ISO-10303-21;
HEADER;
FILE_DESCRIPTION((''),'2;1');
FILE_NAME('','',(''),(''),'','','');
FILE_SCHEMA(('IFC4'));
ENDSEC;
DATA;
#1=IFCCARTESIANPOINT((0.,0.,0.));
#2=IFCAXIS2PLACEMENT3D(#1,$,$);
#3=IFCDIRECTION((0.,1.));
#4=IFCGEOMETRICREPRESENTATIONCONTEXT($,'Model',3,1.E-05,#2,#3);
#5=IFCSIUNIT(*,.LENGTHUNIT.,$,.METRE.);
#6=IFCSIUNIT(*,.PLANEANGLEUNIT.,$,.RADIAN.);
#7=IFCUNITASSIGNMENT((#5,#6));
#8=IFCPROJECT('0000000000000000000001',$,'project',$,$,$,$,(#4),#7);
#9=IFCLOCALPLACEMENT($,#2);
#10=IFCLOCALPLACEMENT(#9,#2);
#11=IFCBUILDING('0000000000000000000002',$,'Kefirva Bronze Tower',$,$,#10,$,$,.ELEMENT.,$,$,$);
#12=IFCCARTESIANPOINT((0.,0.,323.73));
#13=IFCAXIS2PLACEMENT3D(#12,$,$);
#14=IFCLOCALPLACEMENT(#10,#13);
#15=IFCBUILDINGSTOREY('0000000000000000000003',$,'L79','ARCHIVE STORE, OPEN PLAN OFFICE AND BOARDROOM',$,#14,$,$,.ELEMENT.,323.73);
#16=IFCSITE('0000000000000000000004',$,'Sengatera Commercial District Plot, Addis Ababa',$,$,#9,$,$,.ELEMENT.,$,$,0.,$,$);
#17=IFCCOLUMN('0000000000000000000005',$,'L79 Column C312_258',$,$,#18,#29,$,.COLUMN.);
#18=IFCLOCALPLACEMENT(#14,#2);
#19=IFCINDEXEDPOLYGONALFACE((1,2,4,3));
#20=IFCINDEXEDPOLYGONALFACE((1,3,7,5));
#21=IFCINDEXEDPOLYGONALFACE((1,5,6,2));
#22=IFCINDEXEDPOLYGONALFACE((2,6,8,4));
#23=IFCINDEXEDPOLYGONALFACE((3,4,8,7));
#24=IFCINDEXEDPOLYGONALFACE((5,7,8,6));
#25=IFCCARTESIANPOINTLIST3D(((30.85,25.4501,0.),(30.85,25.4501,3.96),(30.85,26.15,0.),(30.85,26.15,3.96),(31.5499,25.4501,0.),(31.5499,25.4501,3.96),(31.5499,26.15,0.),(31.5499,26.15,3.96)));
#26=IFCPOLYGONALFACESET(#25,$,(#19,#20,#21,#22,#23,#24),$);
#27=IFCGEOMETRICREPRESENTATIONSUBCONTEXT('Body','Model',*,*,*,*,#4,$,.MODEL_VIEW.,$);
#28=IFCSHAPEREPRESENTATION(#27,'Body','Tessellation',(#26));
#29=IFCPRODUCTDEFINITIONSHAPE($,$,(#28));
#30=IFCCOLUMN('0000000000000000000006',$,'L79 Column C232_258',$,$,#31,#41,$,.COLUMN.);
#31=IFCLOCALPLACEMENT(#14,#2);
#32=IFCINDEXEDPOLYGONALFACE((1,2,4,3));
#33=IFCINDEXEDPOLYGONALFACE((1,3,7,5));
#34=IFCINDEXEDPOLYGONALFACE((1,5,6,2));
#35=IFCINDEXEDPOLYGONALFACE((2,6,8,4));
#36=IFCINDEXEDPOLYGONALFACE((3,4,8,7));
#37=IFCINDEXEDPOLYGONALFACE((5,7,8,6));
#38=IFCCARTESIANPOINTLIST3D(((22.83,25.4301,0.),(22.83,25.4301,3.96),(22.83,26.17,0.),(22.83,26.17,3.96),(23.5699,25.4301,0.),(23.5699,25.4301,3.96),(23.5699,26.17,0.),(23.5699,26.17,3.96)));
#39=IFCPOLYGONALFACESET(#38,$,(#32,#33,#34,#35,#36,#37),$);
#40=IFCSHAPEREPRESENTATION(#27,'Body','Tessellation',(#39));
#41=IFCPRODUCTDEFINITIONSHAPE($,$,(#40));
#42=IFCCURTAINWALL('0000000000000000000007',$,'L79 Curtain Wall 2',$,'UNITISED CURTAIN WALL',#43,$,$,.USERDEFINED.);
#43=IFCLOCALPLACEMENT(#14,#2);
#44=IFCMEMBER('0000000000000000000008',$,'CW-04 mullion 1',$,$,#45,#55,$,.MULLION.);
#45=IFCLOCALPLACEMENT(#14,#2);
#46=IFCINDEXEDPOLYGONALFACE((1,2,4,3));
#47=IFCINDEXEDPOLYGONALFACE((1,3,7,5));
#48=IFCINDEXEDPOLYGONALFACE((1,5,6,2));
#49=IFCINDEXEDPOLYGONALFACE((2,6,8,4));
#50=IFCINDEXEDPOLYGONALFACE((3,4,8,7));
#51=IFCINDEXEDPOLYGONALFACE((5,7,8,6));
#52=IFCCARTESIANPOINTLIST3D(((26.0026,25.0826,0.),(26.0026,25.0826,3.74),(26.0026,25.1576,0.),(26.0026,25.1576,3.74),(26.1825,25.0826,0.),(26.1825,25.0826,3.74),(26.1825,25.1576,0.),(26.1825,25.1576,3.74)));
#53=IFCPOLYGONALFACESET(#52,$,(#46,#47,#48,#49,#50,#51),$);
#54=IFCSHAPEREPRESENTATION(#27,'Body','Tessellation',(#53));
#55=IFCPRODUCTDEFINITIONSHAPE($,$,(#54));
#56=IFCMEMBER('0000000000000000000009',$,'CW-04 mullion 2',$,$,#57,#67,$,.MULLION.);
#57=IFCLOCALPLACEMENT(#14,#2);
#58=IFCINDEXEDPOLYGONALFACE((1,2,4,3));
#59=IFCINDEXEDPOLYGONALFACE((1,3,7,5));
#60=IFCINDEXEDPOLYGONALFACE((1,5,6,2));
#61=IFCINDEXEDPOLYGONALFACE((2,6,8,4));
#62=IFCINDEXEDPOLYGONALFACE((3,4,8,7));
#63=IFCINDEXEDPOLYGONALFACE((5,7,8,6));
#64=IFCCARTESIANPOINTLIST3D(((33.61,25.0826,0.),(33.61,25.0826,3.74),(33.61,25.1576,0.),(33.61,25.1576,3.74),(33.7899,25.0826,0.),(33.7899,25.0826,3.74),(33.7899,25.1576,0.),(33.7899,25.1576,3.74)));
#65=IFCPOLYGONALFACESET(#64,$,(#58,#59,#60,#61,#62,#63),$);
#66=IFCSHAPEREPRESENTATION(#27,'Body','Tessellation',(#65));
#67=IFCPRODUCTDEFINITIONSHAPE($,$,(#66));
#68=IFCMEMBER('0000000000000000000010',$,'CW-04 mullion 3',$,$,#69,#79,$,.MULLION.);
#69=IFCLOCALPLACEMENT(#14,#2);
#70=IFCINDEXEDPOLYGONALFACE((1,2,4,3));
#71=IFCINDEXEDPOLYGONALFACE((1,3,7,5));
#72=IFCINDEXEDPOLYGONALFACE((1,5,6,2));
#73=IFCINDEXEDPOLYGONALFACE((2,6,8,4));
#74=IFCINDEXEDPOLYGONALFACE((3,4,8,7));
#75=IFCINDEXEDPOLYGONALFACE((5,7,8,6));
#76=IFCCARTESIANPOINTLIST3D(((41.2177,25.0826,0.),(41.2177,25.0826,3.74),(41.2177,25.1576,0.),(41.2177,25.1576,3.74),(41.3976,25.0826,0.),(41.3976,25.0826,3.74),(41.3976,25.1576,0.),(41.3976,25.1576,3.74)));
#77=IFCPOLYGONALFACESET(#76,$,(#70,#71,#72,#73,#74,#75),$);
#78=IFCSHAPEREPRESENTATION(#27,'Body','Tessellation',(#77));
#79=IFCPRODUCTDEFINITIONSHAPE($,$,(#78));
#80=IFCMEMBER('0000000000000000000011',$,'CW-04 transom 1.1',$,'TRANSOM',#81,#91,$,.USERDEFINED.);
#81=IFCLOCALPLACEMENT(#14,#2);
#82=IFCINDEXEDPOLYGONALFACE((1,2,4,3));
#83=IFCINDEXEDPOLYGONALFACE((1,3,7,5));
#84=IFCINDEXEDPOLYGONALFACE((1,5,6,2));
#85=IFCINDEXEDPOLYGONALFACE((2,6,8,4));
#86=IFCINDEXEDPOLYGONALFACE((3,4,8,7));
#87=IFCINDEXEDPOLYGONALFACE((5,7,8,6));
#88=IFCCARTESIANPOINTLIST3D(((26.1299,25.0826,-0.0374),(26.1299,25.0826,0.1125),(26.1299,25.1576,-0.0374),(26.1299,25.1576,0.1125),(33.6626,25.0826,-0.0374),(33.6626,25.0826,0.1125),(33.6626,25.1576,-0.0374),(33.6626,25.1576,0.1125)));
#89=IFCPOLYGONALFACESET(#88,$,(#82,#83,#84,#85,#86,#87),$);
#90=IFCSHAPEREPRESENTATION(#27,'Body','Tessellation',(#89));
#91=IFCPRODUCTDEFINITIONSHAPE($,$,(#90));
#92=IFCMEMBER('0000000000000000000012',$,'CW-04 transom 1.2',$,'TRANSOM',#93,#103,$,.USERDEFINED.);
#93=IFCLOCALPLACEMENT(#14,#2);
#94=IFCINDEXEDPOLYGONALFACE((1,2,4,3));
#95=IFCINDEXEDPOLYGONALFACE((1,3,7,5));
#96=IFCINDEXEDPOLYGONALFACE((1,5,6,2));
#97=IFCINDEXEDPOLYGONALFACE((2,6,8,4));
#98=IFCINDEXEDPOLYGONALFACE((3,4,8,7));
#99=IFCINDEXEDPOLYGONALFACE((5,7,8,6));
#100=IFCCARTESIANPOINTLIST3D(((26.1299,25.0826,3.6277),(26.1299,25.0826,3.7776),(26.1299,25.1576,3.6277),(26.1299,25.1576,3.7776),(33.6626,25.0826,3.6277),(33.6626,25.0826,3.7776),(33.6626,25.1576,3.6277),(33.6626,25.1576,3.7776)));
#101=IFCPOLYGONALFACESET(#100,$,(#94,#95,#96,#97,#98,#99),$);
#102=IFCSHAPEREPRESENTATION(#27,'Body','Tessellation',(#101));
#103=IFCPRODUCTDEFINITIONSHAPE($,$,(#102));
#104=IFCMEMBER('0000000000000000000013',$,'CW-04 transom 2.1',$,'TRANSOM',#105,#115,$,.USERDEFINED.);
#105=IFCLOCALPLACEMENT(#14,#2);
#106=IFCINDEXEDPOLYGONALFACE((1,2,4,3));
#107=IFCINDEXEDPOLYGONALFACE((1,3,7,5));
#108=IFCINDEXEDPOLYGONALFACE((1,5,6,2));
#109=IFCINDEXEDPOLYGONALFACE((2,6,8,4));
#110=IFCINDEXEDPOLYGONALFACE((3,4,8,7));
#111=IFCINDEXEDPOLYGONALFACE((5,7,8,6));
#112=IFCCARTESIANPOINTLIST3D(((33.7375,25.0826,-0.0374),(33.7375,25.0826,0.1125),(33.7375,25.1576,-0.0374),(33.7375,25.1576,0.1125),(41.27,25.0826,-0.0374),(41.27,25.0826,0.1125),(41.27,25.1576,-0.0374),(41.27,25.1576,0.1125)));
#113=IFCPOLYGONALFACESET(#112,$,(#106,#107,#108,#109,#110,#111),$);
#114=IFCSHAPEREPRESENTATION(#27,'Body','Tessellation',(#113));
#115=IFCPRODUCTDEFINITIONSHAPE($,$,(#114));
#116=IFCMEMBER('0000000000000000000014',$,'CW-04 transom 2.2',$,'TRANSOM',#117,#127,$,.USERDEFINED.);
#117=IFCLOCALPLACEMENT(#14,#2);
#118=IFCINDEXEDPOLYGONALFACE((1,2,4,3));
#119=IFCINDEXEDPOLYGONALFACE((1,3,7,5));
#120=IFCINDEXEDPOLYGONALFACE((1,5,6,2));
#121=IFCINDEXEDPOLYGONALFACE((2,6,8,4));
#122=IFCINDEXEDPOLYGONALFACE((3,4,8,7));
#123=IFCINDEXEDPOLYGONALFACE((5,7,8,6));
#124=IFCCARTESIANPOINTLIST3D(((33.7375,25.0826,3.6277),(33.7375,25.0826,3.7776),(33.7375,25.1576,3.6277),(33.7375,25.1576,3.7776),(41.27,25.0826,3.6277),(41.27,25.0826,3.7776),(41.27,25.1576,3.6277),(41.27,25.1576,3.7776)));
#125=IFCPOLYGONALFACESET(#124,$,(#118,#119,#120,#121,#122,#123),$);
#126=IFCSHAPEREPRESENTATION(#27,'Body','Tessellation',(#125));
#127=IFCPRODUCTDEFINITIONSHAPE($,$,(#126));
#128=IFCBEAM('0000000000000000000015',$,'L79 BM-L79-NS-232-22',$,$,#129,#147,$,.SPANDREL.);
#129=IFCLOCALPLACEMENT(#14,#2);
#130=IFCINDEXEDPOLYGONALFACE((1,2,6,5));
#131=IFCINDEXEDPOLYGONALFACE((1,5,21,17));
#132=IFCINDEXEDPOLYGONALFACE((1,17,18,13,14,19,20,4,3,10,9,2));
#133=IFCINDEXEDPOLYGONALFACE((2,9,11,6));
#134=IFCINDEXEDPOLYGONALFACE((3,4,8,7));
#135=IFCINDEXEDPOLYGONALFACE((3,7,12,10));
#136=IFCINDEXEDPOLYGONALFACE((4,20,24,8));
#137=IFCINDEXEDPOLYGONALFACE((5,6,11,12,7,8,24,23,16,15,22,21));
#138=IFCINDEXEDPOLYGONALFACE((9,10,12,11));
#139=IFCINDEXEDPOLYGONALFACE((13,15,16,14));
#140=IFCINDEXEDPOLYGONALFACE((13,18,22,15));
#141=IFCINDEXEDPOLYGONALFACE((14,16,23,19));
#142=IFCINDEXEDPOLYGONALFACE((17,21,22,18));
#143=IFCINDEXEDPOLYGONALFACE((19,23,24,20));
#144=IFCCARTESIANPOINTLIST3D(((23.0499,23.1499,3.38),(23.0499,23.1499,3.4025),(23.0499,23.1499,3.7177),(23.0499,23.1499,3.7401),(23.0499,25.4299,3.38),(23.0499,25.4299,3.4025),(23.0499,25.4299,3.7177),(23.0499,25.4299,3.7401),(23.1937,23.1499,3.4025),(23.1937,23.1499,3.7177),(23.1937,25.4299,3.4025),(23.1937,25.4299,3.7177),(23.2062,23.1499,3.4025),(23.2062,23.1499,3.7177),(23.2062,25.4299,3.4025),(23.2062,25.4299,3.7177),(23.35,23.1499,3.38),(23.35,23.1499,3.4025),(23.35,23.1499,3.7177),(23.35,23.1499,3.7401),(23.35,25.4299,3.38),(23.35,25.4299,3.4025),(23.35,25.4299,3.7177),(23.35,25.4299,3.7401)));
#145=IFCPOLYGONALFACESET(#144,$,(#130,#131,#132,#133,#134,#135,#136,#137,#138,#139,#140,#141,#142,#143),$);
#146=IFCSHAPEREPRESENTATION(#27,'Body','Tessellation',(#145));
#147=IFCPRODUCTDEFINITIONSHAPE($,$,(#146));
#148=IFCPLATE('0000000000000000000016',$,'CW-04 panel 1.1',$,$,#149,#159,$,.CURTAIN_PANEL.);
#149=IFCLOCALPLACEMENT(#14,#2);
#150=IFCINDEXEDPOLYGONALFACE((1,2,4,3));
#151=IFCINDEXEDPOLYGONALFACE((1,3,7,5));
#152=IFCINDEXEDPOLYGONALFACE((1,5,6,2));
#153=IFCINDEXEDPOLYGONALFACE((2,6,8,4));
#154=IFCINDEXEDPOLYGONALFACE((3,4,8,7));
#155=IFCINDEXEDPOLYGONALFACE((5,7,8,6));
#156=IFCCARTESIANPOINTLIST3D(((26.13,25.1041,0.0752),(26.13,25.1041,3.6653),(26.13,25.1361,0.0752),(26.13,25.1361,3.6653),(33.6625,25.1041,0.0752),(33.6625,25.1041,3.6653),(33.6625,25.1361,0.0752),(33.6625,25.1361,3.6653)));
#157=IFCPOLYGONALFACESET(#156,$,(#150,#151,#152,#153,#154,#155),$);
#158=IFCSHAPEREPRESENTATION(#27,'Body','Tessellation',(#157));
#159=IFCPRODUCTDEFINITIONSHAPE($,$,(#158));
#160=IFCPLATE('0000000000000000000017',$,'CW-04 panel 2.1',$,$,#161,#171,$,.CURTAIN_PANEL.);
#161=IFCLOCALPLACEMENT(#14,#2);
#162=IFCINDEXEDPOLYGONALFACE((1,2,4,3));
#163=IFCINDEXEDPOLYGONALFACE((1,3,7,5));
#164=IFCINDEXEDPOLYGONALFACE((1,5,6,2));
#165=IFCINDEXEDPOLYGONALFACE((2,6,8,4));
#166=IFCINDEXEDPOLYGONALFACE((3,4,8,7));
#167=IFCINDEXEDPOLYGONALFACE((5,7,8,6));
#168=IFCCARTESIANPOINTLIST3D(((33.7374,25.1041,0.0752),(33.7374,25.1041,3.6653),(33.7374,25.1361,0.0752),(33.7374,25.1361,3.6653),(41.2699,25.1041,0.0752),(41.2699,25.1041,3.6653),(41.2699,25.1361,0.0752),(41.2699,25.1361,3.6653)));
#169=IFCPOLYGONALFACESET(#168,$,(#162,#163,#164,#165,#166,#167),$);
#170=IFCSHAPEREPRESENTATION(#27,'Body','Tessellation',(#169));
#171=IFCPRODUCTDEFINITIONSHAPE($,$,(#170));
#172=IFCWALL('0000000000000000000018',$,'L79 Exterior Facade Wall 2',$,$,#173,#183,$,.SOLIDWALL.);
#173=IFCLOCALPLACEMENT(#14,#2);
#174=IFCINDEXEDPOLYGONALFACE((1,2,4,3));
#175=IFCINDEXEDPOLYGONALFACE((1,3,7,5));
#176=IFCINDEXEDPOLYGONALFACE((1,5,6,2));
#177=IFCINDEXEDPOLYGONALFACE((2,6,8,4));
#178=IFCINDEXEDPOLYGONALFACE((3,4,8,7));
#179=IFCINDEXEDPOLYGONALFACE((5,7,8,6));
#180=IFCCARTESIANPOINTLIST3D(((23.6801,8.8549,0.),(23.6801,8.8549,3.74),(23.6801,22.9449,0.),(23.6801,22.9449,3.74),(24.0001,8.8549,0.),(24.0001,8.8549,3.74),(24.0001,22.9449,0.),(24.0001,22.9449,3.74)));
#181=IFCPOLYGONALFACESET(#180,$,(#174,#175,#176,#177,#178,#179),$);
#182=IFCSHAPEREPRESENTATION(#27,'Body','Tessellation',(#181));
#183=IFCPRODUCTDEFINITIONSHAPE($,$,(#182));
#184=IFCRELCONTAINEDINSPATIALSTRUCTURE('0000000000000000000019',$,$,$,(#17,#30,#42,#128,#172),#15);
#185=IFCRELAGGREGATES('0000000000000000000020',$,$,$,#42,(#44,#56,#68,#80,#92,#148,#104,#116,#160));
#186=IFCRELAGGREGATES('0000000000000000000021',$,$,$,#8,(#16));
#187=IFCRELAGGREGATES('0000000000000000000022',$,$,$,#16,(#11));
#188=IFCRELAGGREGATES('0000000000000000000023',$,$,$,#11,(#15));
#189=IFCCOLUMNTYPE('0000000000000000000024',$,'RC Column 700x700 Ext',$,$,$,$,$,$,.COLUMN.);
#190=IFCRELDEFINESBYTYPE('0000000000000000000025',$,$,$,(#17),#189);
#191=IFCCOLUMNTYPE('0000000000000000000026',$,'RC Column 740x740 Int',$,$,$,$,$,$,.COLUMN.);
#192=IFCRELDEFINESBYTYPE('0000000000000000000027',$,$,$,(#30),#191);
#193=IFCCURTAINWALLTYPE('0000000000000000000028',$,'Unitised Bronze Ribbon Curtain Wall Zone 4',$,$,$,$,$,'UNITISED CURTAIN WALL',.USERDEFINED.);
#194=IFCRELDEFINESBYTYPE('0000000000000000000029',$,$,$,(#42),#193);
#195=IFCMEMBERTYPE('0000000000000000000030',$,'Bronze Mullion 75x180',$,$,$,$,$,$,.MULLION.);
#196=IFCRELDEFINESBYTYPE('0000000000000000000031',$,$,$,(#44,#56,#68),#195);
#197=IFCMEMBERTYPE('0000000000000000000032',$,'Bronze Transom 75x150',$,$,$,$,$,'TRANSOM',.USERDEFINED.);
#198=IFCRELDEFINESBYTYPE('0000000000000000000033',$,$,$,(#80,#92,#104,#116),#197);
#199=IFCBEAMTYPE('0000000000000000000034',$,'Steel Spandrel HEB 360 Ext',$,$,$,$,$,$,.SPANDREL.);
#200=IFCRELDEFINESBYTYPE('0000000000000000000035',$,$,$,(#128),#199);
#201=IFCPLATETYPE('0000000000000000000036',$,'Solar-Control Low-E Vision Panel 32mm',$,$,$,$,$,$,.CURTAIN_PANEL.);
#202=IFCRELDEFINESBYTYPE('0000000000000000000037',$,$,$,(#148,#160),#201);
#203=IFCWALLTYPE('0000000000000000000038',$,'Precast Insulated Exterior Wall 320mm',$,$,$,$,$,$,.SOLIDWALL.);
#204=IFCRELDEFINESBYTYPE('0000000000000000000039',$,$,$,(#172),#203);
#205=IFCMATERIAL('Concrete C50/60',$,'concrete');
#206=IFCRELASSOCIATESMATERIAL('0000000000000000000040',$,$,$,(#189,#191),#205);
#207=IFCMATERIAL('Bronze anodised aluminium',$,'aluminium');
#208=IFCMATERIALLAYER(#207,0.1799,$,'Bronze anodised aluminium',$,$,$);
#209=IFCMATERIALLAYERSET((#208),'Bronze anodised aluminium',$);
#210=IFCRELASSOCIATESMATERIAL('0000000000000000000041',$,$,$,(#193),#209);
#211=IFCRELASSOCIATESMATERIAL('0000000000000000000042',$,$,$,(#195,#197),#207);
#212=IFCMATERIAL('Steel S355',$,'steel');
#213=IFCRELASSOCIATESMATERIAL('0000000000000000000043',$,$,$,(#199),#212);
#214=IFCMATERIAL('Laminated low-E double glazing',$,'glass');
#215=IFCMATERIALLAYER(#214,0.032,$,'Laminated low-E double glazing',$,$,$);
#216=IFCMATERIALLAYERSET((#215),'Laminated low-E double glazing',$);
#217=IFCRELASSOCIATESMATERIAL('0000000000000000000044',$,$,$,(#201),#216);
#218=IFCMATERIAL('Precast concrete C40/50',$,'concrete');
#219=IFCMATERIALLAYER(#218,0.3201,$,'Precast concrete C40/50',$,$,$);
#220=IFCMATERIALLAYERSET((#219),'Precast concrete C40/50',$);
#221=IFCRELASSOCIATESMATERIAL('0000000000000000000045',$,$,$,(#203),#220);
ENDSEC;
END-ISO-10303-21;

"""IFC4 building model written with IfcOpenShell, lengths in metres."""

from ifc_helpers import new_model, si_unit, direction, frame, frame_2d, origin, origin_2d, place, context, subcontext, project, spatial, rectangle, i_section, extrude, material, layer, layer_set, material_profile, profile_set, type_object, element, aggregate, save


model = new_model("IFC4")

# Units and contexts
model_context = context("Model", 3, precision=1e-05, world=origin(), true_north=direction((0.0, 1.0)))
body_context = subcontext(model_context, "Body", "Model", "MODEL_VIEW")
ifc_project = project(units=[si_unit("LENGTHUNIT", "METRE"), si_unit("PLANEANGLEUNIT", "RADIAN")], contexts=[model_context])

# Site, building, storey
site_placement = place(None, origin())
site = spatial("IfcSite", under=ifc_project, at=site_placement, Name="Sengatera Commercial District Plot, Addis Ababa", CompositionType="ELEMENT", RefElevation=0.0)
building_placement = place(site_placement, origin())
building = spatial("IfcBuilding", under=site, at=building_placement, Name="Kefirva Bronze Tower", CompositionType="ELEMENT")
storey_placement = place(building_placement, frame((0.0, 0.0, 323.73)))
storey = spatial("IfcBuildingStorey", under=building, at=storey_placement, Name="L79", Description="ARCHIVE STORE, OPEN PLAN OFFICE AND BOARDROOM", CompositionType="ELEMENT", Elevation=323.73)

# Columns
ifc_material_1 = material(Name="Concrete C50/60", Category="concrete")
ifc_material_profile_1 = material_profile(ifc_material_1, rectangle(XDim=0.7, YDim=0.7, at=origin_2d()), Name="RC 700x700")
ifc_profile_set_1 = profile_set([ifc_material_profile_1], Name="Concrete C50/60")
column_type_1 = type_object("IfcColumnType", Name="RC Column 700x700 Ext", PredefinedType="COLUMN", material=ifc_profile_set_1)
column_1_placement = place(storey_placement, frame((31.2, 25.8, 0.0), z_axis=(0.0, 0.0, 1.0), x_axis=(1.0, 0.0, 0.0)))
element("IfcColumn", 1, at=column_1_placement, inside=storey, type_object=column_type_1, Name="L79 Column C312_258", PredefinedType="COLUMN", context=body_context, shape_type="SweptSolid", body=[
    extrude(rectangle(XDim=0.7, YDim=0.7, at=origin_2d()), origin(), (0.0, 0.0, 1.0), 3.96),
])
ifc_material_profile_2 = material_profile(ifc_material_1, rectangle(XDim=0.74, YDim=0.74, at=origin_2d()), Name="RC 740x740")
ifc_profile_set_2 = profile_set([ifc_material_profile_2], Name="Concrete C50/60")
column_type_2 = type_object("IfcColumnType", Name="RC Column 740x740 Int", PredefinedType="COLUMN", material=ifc_profile_set_2)
column_2_placement = place(storey_placement, frame((23.2, 25.8, 0.0), z_axis=(0.0, 0.0, 1.0), x_axis=(1.0, 0.0, 0.0)))
element("IfcColumn", 2, at=column_2_placement, inside=storey, type_object=column_type_2, Name="L79 Column C232_258", PredefinedType="COLUMN", context=body_context, shape_type="SweptSolid", body=[
    extrude(rectangle(XDim=0.74, YDim=0.74, at=origin_2d()), origin(), (0.0, 0.0, 1.0), 3.96),
])

# Curtain wall, members
ifc_material_2 = material(Name="Bronze anodised aluminium", Category="aluminium")
ifc_layer_1 = layer(ifc_material_2, 0.1799, Name="Bronze anodised aluminium")
ifc_layer_set_1 = layer_set([ifc_layer_1], Name="Bronze anodised aluminium")
curtain_wall_type = type_object("IfcCurtainWallType", Name="Unitised Bronze Ribbon Curtain Wall Zone 4", ElementType="UNITISED CURTAIN WALL", PredefinedType="USERDEFINED", material=ifc_layer_set_1)
curtain_wall_placement = place(storey_placement, origin())
curtain_wall = element("IfcCurtainWall", 3, at=curtain_wall_placement, inside=storey, type_object=curtain_wall_type, Name="L79 Curtain Wall 2", ObjectType="UNITISED CURTAIN WALL", PredefinedType="USERDEFINED")
ifc_material_profile_3 = material_profile(ifc_material_2, rectangle(XDim=0.075, YDim=0.1799, at=origin_2d()), Name="ALU 75x180")
ifc_profile_set_3 = profile_set([ifc_material_profile_3], Name="Bronze anodised aluminium")
member_type_1 = type_object("IfcMemberType", Name="Bronze Mullion 75x180", PredefinedType="MULLION", material=ifc_profile_set_3)
member_1_placement = place(storey_placement, frame((26.0925, 25.1201, 0.0), z_axis=(0.0, 0.0, 1.0), x_axis=(0.0, 1.0, 0.0)))
member_1 = element("IfcMember", 4, at=member_1_placement, type_object=member_type_1, Name="CW-04 mullion 1", PredefinedType="MULLION", context=body_context, shape_type="SweptSolid", body=[
    extrude(rectangle(XDim=0.075, YDim=0.1799, at=origin_2d()), origin(), (0.0, 0.0, 1.0), 3.74),
])
member_2_placement = place(storey_placement, frame((33.7, 25.1201, 0.0), z_axis=(0.0, 0.0, 1.0), x_axis=(0.0, 1.0, 0.0)))
member_2 = element("IfcMember", 5, at=member_2_placement, type_object=member_type_1, Name="CW-04 mullion 2", PredefinedType="MULLION", context=body_context, shape_type="SweptSolid", body=[
    extrude(rectangle(XDim=0.075, YDim=0.1799, at=origin_2d()), origin(), (0.0, 0.0, 1.0), 3.74),
])
member_3_placement = place(storey_placement, frame((41.3076, 25.1201, 0.0), z_axis=(0.0, 0.0, 1.0), x_axis=(0.0, 1.0, 0.0)))
member_3 = element("IfcMember", 6, at=member_3_placement, type_object=member_type_1, Name="CW-04 mullion 3", PredefinedType="MULLION", context=body_context, shape_type="SweptSolid", body=[
    extrude(rectangle(XDim=0.075, YDim=0.1799, at=origin_2d()), origin(), (0.0, 0.0, 1.0), 3.74),
])
ifc_material_profile_4 = material_profile(ifc_material_2, rectangle(XDim=0.075, YDim=0.1499, at=origin_2d()), Name="ALU 75x150")
ifc_profile_set_4 = profile_set([ifc_material_profile_4], Name="Bronze anodised aluminium")
member_type_2 = type_object("IfcMemberType", Name="Bronze Transom 75x150", ElementType="TRANSOM", PredefinedType="USERDEFINED", material=ifc_profile_set_4)
member_4_placement = place(storey_placement, frame((26.1299, 25.1201, 0.0376), z_axis=(1.0, 0.0, 0.0), x_axis=(0.0, 1.0, 0.0)))
member_4 = element("IfcMember", 7, at=member_4_placement, type_object=member_type_2, Name="CW-04 transom 1.1", ObjectType="TRANSOM", PredefinedType="USERDEFINED", context=body_context, shape_type="SweptSolid", body=[
    extrude(rectangle(XDim=0.075, YDim=0.1499, at=origin_2d()), origin(), (0.0, 0.0, 1.0), 7.5327),
])
member_5_placement = place(storey_placement, frame((26.1299, 25.1201, 3.7026), z_axis=(1.0, 0.0, 0.0), x_axis=(0.0, 1.0, 0.0)))
member_5 = element("IfcMember", 8, at=member_5_placement, type_object=member_type_2, Name="CW-04 transom 1.2", ObjectType="TRANSOM", PredefinedType="USERDEFINED", context=body_context, shape_type="SweptSolid", body=[
    extrude(rectangle(XDim=0.075, YDim=0.1499, at=origin_2d()), origin(), (0.0, 0.0, 1.0), 7.5327),
])
member_6_placement = place(storey_placement, frame((33.7375, 25.1201, 0.0376), z_axis=(1.0, 0.0, 0.0), x_axis=(0.0, 1.0, 0.0)))
member_6 = element("IfcMember", 9, at=member_6_placement, type_object=member_type_2, Name="CW-04 transom 2.1", ObjectType="TRANSOM", PredefinedType="USERDEFINED", context=body_context, shape_type="SweptSolid", body=[
    extrude(rectangle(XDim=0.075, YDim=0.1499, at=origin_2d()), origin(), (0.0, 0.0, 1.0), 7.5325),
])
member_7_placement = place(storey_placement, frame((33.7375, 25.1201, 3.7026), z_axis=(1.0, 0.0, 0.0), x_axis=(0.0, 1.0, 0.0)))
member_7 = element("IfcMember", 10, at=member_7_placement, type_object=member_type_2, Name="CW-04 transom 2.2", ObjectType="TRANSOM", PredefinedType="USERDEFINED", context=body_context, shape_type="SweptSolid", body=[
    extrude(rectangle(XDim=0.075, YDim=0.1499, at=origin_2d()), origin(), (0.0, 0.0, 1.0), 7.5325),
])

# Beam
ifc_material_3 = material(Name="Steel S355", Category="steel")
ifc_material_profile_5 = material_profile(ifc_material_3, i_section(OverallWidth=0.3, OverallDepth=0.3601, WebThickness=0.0125, FlangeThickness=0.0225, at=origin_2d()), Name="HEB 360")
ifc_profile_set_5 = profile_set([ifc_material_profile_5], Name="Steel S355")
beam_type = type_object("IfcBeamType", Name="Steel Spandrel HEB 360 Ext", PredefinedType="SPANDREL", material=ifc_profile_set_5)
beam_placement = place(storey_placement, frame((23.2, 23.1499, 3.5601), z_axis=(0.0, 1.0, 0.0), x_axis=(-1.0, 0.0, 0.0)))
element("IfcBeam", 11, at=beam_placement, inside=storey, type_object=beam_type, Name="L79 BM-L79-NS-232-22", PredefinedType="SPANDREL", context=body_context, shape_type="SweptSolid", body=[
    extrude(i_section(OverallWidth=0.3, OverallDepth=0.3601, WebThickness=0.0125, FlangeThickness=0.0225, at=origin_2d()), origin(), (0.0, 0.0, 1.0), 2.28),
])

# Plates
ifc_material_4 = material(Name="Laminated low-E double glazing", Category="glass")
ifc_layer_2 = layer(ifc_material_4, 0.032, Name="Laminated low-E double glazing")
ifc_layer_set_2 = layer_set([ifc_layer_2], Name="Laminated low-E double glazing")
plate_type = type_object("IfcPlateType", Name="Solar-Control Low-E Vision Panel 32mm", PredefinedType="CURTAIN_PANEL", material=ifc_layer_set_2)
plate_1_placement = place(storey_placement, frame((29.8962, 25.1201, 0.0752), z_axis=(0.0, 0.0, 1.0), x_axis=(1.0, 0.0, 0.0)))
plate_1 = element("IfcPlate", 12, at=plate_1_placement, type_object=plate_type, Name="CW-04 panel 1.1", PredefinedType="CURTAIN_PANEL", context=body_context, shape_type="SweptSolid", body=[
    extrude(rectangle(XDim=7.5325, YDim=0.032, at=origin_2d()), origin(), (0.0, 0.0, 1.0), 3.5901),
])
plate_2_placement = place(storey_placement, frame((37.5037, 25.1201, 0.0752), z_axis=(0.0, 0.0, 1.0), x_axis=(1.0, 0.0, 0.0)))
plate_2 = element("IfcPlate", 13, at=plate_2_placement, type_object=plate_type, Name="CW-04 panel 2.1", PredefinedType="CURTAIN_PANEL", context=body_context, shape_type="SweptSolid", body=[
    extrude(rectangle(XDim=7.5325, YDim=0.032, at=origin_2d()), origin(), (0.0, 0.0, 1.0), 3.5901),
])
aggregate(curtain_wall, [member_1, member_2, member_3, member_4, member_5, plate_1, member_6, member_7, plate_2])

# Wall
ifc_material_5 = material(Name="Precast concrete C40/50", Category="concrete")
ifc_layer_3 = layer(ifc_material_5, 0.3201, Name="Precast concrete C40/50")
ifc_layer_set_3 = layer_set([ifc_layer_3], Name="Precast concrete C40/50")
wall_type_1 = type_object("IfcWallType", Name="Precast Insulated Exterior Wall 320mm", PredefinedType="SOLIDWALL", material=ifc_layer_set_3)
wall_1_placement = place(storey_placement, frame((23.8401, 8.855, 0.0), z_axis=(0.0, 0.0, 1.0), x_axis=(0.0, 1.0, 0.0)))
element("IfcWall", 14, at=wall_1_placement, inside=storey, type_object=wall_type_1, Name="L79 Exterior Facade Wall 2", PredefinedType="SOLIDWALL", context=body_context, shape_type="SweptSolid", body=[
    extrude(rectangle(XDim=14.0901, YDim=0.3201, at=frame_2d((7.0449, 0.0))), origin(), (0.0, 0.0, 1.0), 3.74),
])

save(model, "model.ifc")
